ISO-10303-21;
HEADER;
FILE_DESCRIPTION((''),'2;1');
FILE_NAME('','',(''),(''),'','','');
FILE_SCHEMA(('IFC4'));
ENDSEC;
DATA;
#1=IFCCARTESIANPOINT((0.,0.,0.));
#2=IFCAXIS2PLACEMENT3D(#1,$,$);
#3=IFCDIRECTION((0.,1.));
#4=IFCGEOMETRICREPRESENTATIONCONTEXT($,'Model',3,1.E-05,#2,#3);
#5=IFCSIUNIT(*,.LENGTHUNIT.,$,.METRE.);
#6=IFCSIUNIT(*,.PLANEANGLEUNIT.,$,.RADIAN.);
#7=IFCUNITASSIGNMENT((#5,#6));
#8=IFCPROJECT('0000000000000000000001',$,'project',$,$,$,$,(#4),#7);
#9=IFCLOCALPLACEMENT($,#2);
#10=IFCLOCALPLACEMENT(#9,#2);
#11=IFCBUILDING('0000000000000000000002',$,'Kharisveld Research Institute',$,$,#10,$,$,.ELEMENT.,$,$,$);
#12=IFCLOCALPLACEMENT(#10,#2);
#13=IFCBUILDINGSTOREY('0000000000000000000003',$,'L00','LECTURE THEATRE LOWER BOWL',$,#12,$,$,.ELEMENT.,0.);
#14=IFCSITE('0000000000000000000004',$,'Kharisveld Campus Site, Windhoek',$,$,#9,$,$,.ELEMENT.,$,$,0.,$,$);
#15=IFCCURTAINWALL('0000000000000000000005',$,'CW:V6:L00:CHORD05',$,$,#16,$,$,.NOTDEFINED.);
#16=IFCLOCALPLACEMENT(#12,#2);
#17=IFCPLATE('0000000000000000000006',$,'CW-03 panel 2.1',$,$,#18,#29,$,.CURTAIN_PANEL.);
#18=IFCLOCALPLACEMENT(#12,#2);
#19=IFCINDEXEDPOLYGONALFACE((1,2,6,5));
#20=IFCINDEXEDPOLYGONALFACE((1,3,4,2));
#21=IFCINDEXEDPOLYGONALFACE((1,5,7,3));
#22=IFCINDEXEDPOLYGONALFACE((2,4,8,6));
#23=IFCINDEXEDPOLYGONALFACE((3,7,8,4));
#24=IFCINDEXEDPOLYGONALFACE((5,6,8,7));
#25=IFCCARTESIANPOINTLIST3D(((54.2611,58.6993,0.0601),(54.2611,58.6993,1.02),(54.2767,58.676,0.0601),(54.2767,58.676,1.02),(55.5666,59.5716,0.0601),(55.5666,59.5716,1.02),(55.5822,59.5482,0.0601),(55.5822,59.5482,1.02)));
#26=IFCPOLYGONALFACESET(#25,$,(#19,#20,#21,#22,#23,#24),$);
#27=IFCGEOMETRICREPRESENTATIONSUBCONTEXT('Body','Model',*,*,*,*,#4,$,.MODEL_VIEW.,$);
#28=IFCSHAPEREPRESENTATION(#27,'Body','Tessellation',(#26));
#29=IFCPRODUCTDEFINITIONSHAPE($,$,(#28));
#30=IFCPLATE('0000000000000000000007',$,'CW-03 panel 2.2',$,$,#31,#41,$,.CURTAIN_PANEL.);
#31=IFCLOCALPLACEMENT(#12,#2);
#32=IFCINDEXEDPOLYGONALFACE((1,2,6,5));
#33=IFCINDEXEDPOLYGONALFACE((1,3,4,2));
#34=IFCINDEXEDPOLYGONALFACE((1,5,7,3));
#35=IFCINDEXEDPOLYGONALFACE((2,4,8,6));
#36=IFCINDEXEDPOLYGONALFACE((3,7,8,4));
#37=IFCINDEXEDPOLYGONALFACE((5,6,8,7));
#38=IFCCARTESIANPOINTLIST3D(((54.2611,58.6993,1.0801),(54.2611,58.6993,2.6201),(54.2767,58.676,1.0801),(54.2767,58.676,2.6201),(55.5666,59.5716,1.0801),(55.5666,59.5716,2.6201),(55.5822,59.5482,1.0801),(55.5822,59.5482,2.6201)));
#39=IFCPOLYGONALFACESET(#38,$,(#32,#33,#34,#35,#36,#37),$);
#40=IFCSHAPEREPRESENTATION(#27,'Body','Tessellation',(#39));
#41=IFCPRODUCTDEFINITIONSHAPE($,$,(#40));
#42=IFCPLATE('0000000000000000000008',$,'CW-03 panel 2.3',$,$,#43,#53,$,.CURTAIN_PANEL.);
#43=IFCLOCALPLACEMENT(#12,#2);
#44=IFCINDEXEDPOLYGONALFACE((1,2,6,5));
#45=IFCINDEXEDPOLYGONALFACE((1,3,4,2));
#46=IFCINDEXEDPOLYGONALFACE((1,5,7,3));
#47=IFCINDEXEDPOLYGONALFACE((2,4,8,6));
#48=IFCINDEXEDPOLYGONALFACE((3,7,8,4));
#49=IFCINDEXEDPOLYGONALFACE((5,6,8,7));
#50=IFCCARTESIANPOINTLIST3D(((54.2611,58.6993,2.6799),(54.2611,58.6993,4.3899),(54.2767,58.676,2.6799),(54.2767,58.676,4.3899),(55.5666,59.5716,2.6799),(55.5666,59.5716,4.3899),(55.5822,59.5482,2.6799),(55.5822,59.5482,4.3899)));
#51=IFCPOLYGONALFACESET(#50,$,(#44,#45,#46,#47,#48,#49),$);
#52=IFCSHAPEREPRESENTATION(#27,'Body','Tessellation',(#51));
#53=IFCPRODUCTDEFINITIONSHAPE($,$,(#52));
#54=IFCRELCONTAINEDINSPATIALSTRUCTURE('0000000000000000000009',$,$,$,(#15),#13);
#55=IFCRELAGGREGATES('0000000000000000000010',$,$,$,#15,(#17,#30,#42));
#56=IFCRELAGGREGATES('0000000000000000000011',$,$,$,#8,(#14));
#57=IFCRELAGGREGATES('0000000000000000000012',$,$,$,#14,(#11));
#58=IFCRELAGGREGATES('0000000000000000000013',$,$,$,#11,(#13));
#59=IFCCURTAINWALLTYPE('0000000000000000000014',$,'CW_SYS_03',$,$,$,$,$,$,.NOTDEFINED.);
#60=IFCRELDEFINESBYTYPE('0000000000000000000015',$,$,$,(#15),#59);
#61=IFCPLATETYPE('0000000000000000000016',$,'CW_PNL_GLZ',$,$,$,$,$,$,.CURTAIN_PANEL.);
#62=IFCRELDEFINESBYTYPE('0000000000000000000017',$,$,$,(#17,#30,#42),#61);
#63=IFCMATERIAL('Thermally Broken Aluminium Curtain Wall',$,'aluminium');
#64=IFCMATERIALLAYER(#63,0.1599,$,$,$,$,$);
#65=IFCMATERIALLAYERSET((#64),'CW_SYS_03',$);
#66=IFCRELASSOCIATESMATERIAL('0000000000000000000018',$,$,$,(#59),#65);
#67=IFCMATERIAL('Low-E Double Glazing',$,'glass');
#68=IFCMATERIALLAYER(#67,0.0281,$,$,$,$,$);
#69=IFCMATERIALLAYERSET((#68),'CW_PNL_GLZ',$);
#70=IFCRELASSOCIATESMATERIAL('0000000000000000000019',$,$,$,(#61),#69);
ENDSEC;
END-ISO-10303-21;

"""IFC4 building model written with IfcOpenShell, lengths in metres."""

from ifc_helpers import new_model, si_unit, direction, frame, origin, origin_2d, place, context, subcontext, project, spatial, rectangle, extrude, material, layer, layer_set, type_object, element, aggregate, save


model = new_model("IFC4")

# Units and contexts
model_context = context("Model", 3, precision=1e-05, world=origin(), true_north=direction((0.0, 1.0)))
body_context = subcontext(model_context, "Body", "Model", "MODEL_VIEW")
ifc_project = project(units=[si_unit("LENGTHUNIT", "METRE"), si_unit("PLANEANGLEUNIT", "RADIAN")], contexts=[model_context])

# Site, building, storey
site_placement = place(None, origin())
site = spatial("IfcSite", under=ifc_project, at=site_placement, Name="Kharisveld Campus Site, Windhoek", CompositionType="ELEMENT", RefElevation=0.0)
building_placement = place(site_placement, origin())
building = spatial("IfcBuilding", under=site, at=building_placement, Name="Kharisveld Research Institute", CompositionType="ELEMENT")
storey_placement = place(building_placement, origin())
storey = spatial("IfcBuildingStorey", under=building, at=storey_placement, Name="L00", Description="LECTURE THEATRE LOWER BOWL", CompositionType="ELEMENT", Elevation=0.0)

# Curtain wall
ifc_material_1 = material(Name="Thermally Broken Aluminium Curtain Wall", Category="aluminium")
ifc_layer_1 = layer(ifc_material_1, 0.1599)
ifc_layer_set_1 = layer_set([ifc_layer_1], Name="CW_SYS_03")
curtain_wall_type_1 = type_object("IfcCurtainWallType", Name="CW_SYS_03", PredefinedType="NOTDEFINED", material=ifc_layer_set_1)
curtain_wall_1_placement = place(storey_placement, origin())
curtain_wall_1 = element("IfcCurtainWall", 1, at=curtain_wall_1_placement, inside=storey, type_object=curtain_wall_type_1, Name="CW:V6:L00:CHORD05", PredefinedType="NOTDEFINED")

# Plates
ifc_material_2 = material(Name="Low-E Double Glazing", Category="glass")
ifc_layer_2 = layer(ifc_material_2, 0.0281)
ifc_layer_set_2 = layer_set([ifc_layer_2], Name="CW_PNL_GLZ")
plate_type = type_object("IfcPlateType", Name="CW_PNL_GLZ", PredefinedType="CURTAIN_PANEL", material=ifc_layer_set_2)
plate_1_placement = place(storey_placement, frame((54.9216, 59.1238, 0.0601), z_axis=(0.0, 0.0, 1.0), x_axis=(0.83147, 0.55557, 0.0)))
plate_1 = element("IfcPlate", 2, at=plate_1_placement, type_object=plate_type, Name="CW-03 panel 2.1", PredefinedType="CURTAIN_PANEL", context=body_context, shape_type="SweptSolid", body=[
    extrude(rectangle(XDim=1.5701, YDim=0.0281, at=origin_2d()), origin(), (0.0, 0.0, 1.0), 0.96),
])
plate_2_placement = place(storey_placement, frame((54.9216, 59.1238, 1.0801), z_axis=(0.0, 0.0, 1.0), x_axis=(0.83147, 0.55557, 0.0)))
plate_2 = element("IfcPlate", 3, at=plate_2_placement, type_object=plate_type, Name="CW-03 panel 2.2", PredefinedType="CURTAIN_PANEL", context=body_context, shape_type="SweptSolid", body=[
    extrude(rectangle(XDim=1.5701, YDim=0.0281, at=origin_2d()), origin(), (0.0, 0.0, 1.0), 1.54),
])
plate_3_placement = place(storey_placement, frame((54.9216, 59.1238, 2.6799), z_axis=(0.0, 0.0, 1.0), x_axis=(0.83147, 0.55557, 0.0)))
plate_3 = element("IfcPlate", 4, at=plate_3_placement, type_object=plate_type, Name="CW-03 panel 2.3", PredefinedType="CURTAIN_PANEL", context=body_context, shape_type="SweptSolid", body=[
    extrude(rectangle(XDim=1.5701, YDim=0.0281, at=origin_2d()), origin(), (0.0, 0.0, 1.0), 1.71),
])
aggregate(curtain_wall_1, [plate_1, plate_2, plate_3])

save(model, "model.ifc")
